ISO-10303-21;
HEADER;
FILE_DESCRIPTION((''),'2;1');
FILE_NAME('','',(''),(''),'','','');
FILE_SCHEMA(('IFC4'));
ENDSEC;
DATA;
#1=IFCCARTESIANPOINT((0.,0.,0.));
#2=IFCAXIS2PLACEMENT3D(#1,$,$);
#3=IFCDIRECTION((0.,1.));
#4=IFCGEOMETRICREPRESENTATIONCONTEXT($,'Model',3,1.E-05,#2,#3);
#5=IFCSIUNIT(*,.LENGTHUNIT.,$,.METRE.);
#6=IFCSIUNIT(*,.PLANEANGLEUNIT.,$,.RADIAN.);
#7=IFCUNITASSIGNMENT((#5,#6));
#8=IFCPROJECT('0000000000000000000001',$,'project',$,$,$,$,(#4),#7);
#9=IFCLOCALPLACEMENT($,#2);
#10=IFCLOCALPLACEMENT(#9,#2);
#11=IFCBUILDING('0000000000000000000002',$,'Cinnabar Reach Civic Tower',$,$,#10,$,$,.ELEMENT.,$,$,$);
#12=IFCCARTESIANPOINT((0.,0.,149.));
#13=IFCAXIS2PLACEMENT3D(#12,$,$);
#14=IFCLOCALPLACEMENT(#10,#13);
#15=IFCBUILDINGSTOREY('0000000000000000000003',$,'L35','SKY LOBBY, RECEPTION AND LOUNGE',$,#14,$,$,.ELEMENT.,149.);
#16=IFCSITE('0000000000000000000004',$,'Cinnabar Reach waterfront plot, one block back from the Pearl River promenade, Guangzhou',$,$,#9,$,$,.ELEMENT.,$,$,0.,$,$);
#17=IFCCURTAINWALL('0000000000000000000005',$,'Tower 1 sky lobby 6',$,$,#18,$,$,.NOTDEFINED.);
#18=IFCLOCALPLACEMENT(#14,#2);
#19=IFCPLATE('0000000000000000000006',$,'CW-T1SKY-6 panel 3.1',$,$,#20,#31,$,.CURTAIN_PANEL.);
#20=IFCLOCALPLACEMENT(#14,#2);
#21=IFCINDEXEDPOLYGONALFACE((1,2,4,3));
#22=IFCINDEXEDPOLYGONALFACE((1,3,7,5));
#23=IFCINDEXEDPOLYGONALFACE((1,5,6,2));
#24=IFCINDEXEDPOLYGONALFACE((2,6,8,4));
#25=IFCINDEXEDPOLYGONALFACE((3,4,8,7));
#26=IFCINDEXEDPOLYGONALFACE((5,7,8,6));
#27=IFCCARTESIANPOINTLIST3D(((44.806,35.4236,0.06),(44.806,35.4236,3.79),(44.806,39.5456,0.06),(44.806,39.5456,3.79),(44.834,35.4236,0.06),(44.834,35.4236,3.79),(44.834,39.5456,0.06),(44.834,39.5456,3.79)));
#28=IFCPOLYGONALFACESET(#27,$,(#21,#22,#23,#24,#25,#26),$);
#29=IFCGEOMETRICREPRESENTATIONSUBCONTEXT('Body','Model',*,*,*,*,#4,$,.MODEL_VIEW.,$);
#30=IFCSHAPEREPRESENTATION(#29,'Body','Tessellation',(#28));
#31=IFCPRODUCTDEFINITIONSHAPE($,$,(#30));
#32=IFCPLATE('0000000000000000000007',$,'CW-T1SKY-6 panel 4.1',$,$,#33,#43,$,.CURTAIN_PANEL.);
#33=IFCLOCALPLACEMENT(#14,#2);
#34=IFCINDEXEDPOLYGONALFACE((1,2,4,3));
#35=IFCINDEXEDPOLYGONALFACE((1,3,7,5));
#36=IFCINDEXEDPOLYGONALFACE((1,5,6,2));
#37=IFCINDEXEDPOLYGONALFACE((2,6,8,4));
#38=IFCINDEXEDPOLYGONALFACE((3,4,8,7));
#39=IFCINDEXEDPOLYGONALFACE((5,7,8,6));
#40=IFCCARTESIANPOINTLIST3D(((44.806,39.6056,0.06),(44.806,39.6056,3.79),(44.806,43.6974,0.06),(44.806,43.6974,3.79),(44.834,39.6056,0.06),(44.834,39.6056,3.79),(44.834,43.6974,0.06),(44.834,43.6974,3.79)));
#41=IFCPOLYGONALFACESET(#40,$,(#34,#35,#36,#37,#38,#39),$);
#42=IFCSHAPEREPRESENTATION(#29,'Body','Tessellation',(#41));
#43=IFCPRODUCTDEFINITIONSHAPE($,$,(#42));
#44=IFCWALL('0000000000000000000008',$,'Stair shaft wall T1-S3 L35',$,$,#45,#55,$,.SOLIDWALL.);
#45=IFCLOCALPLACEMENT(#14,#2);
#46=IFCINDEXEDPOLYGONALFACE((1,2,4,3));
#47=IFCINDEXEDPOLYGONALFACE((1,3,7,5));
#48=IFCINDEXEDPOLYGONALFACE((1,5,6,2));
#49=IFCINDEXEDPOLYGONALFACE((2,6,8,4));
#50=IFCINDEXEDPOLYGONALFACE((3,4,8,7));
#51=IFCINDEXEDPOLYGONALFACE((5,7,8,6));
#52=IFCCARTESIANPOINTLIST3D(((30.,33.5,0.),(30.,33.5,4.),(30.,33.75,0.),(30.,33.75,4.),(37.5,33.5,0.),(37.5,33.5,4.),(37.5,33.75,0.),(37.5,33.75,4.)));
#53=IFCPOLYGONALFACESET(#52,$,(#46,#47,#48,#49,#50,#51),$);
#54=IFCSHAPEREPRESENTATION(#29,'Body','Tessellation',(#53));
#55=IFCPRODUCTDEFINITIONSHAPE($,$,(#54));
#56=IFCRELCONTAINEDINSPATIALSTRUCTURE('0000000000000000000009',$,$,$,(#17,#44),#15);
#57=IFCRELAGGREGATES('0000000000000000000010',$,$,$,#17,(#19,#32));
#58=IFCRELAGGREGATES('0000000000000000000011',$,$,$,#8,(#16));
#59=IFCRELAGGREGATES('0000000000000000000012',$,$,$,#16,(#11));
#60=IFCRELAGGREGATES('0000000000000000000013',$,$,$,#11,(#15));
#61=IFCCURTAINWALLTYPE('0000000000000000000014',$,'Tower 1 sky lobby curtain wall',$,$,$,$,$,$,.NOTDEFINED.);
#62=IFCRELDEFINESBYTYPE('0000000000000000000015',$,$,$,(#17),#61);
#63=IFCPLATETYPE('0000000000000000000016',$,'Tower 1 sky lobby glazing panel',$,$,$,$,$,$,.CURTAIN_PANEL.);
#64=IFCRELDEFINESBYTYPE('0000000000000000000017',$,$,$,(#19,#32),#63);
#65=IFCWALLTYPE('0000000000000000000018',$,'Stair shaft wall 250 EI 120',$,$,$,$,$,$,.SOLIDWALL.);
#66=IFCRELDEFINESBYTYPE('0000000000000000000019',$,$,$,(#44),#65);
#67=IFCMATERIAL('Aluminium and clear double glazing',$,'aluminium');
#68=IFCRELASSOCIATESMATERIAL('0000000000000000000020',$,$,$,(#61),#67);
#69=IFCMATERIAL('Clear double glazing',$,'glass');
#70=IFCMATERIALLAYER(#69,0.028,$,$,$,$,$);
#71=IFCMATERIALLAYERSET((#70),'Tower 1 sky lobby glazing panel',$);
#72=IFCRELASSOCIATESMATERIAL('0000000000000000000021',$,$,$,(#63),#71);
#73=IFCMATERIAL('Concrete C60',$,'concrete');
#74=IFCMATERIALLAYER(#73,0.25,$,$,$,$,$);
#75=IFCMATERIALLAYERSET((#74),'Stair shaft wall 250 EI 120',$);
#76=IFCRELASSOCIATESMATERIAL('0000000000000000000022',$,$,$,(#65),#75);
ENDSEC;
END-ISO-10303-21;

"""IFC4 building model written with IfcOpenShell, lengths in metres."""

from ifc_helpers import new_model, si_unit, direction, frame, frame_2d, origin, origin_2d, place, context, subcontext, project, spatial, rectangle, extrude, material, layer, layer_set, type_object, element, aggregate, save


model = new_model("IFC4")

# Units and contexts
model_context = context("Model", 3, precision=1e-05, world=origin(), true_north=direction((0.0, 1.0)))
body_context = subcontext(model_context, "Body", "Model", "MODEL_VIEW")
ifc_project = project(units=[si_unit("LENGTHUNIT", "METRE"), si_unit("PLANEANGLEUNIT", "RADIAN")], contexts=[model_context])

# Site, building, storey
site_placement = place(None, origin())
site = spatial("IfcSite", under=ifc_project, at=site_placement, Name="Cinnabar Reach waterfront plot, one block back from the Pearl River promenade, Guangzhou", CompositionType="ELEMENT", RefElevation=0.0)
building_placement = place(site_placement, origin())
building = spatial("IfcBuilding", under=site, at=building_placement, Name="Cinnabar Reach Civic Tower", CompositionType="ELEMENT")
storey_placement = place(building_placement, frame((0.0, 0.0, 149.0)))
storey = spatial("IfcBuildingStorey", under=building, at=storey_placement, Name="L35", Description="SKY LOBBY, RECEPTION AND LOUNGE", CompositionType="ELEMENT", Elevation=149.0)

# Curtain wall, plates
ifc_material_1 = material(Name="Aluminium and clear double glazing", Category="aluminium")
curtain_wall_type = type_object("IfcCurtainWallType", Name="Tower 1 sky lobby curtain wall", PredefinedType="NOTDEFINED", material=ifc_material_1)
curtain_wall_placement = place(storey_placement, origin())
curtain_wall = element("IfcCurtainWall", 1, at=curtain_wall_placement, inside=storey, type_object=curtain_wall_type, Name="Tower 1 sky lobby 6", PredefinedType="NOTDEFINED")
ifc_material_2 = material(Name="Clear double glazing", Category="glass")
ifc_layer_1 = layer(ifc_material_2, 0.028)
ifc_layer_set_1 = layer_set([ifc_layer_1], Name="Tower 1 sky lobby glazing panel")
plate_type = type_object("IfcPlateType", Name="Tower 1 sky lobby glazing panel", PredefinedType="CURTAIN_PANEL", material=ifc_layer_set_1)
plate_1_placement = place(storey_placement, frame((44.82, 37.4846, 0.06), z_axis=(0.0, 0.0, 1.0), x_axis=(0.0, 1.0, 0.0)))
plate_1 = element("IfcPlate", 2, at=plate_1_placement, type_object=plate_type, Name="CW-T1SKY-6 panel 3.1", PredefinedType="CURTAIN_PANEL", context=body_context, shape_type="SweptSolid", body=[
    extrude(rectangle(XDim=4.1219, YDim=0.028, at=origin_2d()), origin(), (0.0, 0.0, 1.0), 3.73),
])
plate_2_placement = place(storey_placement, frame((44.82, 41.6515, 0.06), z_axis=(0.0, 0.0, 1.0), x_axis=(0.0, 1.0, 0.0)))
plate_2 = element("IfcPlate", 3, at=plate_2_placement, type_object=plate_type, Name="CW-T1SKY-6 panel 4.1", PredefinedType="CURTAIN_PANEL", context=body_context, shape_type="SweptSolid", body=[
    extrude(rectangle(XDim=4.0918, YDim=0.028, at=origin_2d()), origin(), (0.0, 0.0, 1.0), 3.73),
])
aggregate(curtain_wall, [plate_1, plate_2])

# Wall
ifc_material_3 = material(Name="Concrete C60", Category="concrete")
ifc_layer_2 = layer(ifc_material_3, 0.25)
ifc_layer_set_2 = layer_set([ifc_layer_2], Name="Stair shaft wall 250 EI 120")
wall_type = type_object("IfcWallType", Name="Stair shaft wall 250 EI 120", PredefinedType="SOLIDWALL", material=ifc_layer_set_2)
wall_placement = place(storey_placement, frame((37.5, 33.625, 0.0), z_axis=(0.0, 0.0, 1.0), x_axis=(-1.0, 0.0, 0.0)))
element("IfcWall", 4, at=wall_placement, inside=storey, type_object=wall_type, Name="Stair shaft wall T1-S3 L35", PredefinedType="SOLIDWALL", context=body_context, shape_type="SweptSolid", body=[
    extrude(rectangle(XDim=7.5, YDim=0.25, at=frame_2d((3.75, 0.0))), origin(), (0.0, 0.0, 1.0), 4.0),
])

save(model, "model.ifc")
